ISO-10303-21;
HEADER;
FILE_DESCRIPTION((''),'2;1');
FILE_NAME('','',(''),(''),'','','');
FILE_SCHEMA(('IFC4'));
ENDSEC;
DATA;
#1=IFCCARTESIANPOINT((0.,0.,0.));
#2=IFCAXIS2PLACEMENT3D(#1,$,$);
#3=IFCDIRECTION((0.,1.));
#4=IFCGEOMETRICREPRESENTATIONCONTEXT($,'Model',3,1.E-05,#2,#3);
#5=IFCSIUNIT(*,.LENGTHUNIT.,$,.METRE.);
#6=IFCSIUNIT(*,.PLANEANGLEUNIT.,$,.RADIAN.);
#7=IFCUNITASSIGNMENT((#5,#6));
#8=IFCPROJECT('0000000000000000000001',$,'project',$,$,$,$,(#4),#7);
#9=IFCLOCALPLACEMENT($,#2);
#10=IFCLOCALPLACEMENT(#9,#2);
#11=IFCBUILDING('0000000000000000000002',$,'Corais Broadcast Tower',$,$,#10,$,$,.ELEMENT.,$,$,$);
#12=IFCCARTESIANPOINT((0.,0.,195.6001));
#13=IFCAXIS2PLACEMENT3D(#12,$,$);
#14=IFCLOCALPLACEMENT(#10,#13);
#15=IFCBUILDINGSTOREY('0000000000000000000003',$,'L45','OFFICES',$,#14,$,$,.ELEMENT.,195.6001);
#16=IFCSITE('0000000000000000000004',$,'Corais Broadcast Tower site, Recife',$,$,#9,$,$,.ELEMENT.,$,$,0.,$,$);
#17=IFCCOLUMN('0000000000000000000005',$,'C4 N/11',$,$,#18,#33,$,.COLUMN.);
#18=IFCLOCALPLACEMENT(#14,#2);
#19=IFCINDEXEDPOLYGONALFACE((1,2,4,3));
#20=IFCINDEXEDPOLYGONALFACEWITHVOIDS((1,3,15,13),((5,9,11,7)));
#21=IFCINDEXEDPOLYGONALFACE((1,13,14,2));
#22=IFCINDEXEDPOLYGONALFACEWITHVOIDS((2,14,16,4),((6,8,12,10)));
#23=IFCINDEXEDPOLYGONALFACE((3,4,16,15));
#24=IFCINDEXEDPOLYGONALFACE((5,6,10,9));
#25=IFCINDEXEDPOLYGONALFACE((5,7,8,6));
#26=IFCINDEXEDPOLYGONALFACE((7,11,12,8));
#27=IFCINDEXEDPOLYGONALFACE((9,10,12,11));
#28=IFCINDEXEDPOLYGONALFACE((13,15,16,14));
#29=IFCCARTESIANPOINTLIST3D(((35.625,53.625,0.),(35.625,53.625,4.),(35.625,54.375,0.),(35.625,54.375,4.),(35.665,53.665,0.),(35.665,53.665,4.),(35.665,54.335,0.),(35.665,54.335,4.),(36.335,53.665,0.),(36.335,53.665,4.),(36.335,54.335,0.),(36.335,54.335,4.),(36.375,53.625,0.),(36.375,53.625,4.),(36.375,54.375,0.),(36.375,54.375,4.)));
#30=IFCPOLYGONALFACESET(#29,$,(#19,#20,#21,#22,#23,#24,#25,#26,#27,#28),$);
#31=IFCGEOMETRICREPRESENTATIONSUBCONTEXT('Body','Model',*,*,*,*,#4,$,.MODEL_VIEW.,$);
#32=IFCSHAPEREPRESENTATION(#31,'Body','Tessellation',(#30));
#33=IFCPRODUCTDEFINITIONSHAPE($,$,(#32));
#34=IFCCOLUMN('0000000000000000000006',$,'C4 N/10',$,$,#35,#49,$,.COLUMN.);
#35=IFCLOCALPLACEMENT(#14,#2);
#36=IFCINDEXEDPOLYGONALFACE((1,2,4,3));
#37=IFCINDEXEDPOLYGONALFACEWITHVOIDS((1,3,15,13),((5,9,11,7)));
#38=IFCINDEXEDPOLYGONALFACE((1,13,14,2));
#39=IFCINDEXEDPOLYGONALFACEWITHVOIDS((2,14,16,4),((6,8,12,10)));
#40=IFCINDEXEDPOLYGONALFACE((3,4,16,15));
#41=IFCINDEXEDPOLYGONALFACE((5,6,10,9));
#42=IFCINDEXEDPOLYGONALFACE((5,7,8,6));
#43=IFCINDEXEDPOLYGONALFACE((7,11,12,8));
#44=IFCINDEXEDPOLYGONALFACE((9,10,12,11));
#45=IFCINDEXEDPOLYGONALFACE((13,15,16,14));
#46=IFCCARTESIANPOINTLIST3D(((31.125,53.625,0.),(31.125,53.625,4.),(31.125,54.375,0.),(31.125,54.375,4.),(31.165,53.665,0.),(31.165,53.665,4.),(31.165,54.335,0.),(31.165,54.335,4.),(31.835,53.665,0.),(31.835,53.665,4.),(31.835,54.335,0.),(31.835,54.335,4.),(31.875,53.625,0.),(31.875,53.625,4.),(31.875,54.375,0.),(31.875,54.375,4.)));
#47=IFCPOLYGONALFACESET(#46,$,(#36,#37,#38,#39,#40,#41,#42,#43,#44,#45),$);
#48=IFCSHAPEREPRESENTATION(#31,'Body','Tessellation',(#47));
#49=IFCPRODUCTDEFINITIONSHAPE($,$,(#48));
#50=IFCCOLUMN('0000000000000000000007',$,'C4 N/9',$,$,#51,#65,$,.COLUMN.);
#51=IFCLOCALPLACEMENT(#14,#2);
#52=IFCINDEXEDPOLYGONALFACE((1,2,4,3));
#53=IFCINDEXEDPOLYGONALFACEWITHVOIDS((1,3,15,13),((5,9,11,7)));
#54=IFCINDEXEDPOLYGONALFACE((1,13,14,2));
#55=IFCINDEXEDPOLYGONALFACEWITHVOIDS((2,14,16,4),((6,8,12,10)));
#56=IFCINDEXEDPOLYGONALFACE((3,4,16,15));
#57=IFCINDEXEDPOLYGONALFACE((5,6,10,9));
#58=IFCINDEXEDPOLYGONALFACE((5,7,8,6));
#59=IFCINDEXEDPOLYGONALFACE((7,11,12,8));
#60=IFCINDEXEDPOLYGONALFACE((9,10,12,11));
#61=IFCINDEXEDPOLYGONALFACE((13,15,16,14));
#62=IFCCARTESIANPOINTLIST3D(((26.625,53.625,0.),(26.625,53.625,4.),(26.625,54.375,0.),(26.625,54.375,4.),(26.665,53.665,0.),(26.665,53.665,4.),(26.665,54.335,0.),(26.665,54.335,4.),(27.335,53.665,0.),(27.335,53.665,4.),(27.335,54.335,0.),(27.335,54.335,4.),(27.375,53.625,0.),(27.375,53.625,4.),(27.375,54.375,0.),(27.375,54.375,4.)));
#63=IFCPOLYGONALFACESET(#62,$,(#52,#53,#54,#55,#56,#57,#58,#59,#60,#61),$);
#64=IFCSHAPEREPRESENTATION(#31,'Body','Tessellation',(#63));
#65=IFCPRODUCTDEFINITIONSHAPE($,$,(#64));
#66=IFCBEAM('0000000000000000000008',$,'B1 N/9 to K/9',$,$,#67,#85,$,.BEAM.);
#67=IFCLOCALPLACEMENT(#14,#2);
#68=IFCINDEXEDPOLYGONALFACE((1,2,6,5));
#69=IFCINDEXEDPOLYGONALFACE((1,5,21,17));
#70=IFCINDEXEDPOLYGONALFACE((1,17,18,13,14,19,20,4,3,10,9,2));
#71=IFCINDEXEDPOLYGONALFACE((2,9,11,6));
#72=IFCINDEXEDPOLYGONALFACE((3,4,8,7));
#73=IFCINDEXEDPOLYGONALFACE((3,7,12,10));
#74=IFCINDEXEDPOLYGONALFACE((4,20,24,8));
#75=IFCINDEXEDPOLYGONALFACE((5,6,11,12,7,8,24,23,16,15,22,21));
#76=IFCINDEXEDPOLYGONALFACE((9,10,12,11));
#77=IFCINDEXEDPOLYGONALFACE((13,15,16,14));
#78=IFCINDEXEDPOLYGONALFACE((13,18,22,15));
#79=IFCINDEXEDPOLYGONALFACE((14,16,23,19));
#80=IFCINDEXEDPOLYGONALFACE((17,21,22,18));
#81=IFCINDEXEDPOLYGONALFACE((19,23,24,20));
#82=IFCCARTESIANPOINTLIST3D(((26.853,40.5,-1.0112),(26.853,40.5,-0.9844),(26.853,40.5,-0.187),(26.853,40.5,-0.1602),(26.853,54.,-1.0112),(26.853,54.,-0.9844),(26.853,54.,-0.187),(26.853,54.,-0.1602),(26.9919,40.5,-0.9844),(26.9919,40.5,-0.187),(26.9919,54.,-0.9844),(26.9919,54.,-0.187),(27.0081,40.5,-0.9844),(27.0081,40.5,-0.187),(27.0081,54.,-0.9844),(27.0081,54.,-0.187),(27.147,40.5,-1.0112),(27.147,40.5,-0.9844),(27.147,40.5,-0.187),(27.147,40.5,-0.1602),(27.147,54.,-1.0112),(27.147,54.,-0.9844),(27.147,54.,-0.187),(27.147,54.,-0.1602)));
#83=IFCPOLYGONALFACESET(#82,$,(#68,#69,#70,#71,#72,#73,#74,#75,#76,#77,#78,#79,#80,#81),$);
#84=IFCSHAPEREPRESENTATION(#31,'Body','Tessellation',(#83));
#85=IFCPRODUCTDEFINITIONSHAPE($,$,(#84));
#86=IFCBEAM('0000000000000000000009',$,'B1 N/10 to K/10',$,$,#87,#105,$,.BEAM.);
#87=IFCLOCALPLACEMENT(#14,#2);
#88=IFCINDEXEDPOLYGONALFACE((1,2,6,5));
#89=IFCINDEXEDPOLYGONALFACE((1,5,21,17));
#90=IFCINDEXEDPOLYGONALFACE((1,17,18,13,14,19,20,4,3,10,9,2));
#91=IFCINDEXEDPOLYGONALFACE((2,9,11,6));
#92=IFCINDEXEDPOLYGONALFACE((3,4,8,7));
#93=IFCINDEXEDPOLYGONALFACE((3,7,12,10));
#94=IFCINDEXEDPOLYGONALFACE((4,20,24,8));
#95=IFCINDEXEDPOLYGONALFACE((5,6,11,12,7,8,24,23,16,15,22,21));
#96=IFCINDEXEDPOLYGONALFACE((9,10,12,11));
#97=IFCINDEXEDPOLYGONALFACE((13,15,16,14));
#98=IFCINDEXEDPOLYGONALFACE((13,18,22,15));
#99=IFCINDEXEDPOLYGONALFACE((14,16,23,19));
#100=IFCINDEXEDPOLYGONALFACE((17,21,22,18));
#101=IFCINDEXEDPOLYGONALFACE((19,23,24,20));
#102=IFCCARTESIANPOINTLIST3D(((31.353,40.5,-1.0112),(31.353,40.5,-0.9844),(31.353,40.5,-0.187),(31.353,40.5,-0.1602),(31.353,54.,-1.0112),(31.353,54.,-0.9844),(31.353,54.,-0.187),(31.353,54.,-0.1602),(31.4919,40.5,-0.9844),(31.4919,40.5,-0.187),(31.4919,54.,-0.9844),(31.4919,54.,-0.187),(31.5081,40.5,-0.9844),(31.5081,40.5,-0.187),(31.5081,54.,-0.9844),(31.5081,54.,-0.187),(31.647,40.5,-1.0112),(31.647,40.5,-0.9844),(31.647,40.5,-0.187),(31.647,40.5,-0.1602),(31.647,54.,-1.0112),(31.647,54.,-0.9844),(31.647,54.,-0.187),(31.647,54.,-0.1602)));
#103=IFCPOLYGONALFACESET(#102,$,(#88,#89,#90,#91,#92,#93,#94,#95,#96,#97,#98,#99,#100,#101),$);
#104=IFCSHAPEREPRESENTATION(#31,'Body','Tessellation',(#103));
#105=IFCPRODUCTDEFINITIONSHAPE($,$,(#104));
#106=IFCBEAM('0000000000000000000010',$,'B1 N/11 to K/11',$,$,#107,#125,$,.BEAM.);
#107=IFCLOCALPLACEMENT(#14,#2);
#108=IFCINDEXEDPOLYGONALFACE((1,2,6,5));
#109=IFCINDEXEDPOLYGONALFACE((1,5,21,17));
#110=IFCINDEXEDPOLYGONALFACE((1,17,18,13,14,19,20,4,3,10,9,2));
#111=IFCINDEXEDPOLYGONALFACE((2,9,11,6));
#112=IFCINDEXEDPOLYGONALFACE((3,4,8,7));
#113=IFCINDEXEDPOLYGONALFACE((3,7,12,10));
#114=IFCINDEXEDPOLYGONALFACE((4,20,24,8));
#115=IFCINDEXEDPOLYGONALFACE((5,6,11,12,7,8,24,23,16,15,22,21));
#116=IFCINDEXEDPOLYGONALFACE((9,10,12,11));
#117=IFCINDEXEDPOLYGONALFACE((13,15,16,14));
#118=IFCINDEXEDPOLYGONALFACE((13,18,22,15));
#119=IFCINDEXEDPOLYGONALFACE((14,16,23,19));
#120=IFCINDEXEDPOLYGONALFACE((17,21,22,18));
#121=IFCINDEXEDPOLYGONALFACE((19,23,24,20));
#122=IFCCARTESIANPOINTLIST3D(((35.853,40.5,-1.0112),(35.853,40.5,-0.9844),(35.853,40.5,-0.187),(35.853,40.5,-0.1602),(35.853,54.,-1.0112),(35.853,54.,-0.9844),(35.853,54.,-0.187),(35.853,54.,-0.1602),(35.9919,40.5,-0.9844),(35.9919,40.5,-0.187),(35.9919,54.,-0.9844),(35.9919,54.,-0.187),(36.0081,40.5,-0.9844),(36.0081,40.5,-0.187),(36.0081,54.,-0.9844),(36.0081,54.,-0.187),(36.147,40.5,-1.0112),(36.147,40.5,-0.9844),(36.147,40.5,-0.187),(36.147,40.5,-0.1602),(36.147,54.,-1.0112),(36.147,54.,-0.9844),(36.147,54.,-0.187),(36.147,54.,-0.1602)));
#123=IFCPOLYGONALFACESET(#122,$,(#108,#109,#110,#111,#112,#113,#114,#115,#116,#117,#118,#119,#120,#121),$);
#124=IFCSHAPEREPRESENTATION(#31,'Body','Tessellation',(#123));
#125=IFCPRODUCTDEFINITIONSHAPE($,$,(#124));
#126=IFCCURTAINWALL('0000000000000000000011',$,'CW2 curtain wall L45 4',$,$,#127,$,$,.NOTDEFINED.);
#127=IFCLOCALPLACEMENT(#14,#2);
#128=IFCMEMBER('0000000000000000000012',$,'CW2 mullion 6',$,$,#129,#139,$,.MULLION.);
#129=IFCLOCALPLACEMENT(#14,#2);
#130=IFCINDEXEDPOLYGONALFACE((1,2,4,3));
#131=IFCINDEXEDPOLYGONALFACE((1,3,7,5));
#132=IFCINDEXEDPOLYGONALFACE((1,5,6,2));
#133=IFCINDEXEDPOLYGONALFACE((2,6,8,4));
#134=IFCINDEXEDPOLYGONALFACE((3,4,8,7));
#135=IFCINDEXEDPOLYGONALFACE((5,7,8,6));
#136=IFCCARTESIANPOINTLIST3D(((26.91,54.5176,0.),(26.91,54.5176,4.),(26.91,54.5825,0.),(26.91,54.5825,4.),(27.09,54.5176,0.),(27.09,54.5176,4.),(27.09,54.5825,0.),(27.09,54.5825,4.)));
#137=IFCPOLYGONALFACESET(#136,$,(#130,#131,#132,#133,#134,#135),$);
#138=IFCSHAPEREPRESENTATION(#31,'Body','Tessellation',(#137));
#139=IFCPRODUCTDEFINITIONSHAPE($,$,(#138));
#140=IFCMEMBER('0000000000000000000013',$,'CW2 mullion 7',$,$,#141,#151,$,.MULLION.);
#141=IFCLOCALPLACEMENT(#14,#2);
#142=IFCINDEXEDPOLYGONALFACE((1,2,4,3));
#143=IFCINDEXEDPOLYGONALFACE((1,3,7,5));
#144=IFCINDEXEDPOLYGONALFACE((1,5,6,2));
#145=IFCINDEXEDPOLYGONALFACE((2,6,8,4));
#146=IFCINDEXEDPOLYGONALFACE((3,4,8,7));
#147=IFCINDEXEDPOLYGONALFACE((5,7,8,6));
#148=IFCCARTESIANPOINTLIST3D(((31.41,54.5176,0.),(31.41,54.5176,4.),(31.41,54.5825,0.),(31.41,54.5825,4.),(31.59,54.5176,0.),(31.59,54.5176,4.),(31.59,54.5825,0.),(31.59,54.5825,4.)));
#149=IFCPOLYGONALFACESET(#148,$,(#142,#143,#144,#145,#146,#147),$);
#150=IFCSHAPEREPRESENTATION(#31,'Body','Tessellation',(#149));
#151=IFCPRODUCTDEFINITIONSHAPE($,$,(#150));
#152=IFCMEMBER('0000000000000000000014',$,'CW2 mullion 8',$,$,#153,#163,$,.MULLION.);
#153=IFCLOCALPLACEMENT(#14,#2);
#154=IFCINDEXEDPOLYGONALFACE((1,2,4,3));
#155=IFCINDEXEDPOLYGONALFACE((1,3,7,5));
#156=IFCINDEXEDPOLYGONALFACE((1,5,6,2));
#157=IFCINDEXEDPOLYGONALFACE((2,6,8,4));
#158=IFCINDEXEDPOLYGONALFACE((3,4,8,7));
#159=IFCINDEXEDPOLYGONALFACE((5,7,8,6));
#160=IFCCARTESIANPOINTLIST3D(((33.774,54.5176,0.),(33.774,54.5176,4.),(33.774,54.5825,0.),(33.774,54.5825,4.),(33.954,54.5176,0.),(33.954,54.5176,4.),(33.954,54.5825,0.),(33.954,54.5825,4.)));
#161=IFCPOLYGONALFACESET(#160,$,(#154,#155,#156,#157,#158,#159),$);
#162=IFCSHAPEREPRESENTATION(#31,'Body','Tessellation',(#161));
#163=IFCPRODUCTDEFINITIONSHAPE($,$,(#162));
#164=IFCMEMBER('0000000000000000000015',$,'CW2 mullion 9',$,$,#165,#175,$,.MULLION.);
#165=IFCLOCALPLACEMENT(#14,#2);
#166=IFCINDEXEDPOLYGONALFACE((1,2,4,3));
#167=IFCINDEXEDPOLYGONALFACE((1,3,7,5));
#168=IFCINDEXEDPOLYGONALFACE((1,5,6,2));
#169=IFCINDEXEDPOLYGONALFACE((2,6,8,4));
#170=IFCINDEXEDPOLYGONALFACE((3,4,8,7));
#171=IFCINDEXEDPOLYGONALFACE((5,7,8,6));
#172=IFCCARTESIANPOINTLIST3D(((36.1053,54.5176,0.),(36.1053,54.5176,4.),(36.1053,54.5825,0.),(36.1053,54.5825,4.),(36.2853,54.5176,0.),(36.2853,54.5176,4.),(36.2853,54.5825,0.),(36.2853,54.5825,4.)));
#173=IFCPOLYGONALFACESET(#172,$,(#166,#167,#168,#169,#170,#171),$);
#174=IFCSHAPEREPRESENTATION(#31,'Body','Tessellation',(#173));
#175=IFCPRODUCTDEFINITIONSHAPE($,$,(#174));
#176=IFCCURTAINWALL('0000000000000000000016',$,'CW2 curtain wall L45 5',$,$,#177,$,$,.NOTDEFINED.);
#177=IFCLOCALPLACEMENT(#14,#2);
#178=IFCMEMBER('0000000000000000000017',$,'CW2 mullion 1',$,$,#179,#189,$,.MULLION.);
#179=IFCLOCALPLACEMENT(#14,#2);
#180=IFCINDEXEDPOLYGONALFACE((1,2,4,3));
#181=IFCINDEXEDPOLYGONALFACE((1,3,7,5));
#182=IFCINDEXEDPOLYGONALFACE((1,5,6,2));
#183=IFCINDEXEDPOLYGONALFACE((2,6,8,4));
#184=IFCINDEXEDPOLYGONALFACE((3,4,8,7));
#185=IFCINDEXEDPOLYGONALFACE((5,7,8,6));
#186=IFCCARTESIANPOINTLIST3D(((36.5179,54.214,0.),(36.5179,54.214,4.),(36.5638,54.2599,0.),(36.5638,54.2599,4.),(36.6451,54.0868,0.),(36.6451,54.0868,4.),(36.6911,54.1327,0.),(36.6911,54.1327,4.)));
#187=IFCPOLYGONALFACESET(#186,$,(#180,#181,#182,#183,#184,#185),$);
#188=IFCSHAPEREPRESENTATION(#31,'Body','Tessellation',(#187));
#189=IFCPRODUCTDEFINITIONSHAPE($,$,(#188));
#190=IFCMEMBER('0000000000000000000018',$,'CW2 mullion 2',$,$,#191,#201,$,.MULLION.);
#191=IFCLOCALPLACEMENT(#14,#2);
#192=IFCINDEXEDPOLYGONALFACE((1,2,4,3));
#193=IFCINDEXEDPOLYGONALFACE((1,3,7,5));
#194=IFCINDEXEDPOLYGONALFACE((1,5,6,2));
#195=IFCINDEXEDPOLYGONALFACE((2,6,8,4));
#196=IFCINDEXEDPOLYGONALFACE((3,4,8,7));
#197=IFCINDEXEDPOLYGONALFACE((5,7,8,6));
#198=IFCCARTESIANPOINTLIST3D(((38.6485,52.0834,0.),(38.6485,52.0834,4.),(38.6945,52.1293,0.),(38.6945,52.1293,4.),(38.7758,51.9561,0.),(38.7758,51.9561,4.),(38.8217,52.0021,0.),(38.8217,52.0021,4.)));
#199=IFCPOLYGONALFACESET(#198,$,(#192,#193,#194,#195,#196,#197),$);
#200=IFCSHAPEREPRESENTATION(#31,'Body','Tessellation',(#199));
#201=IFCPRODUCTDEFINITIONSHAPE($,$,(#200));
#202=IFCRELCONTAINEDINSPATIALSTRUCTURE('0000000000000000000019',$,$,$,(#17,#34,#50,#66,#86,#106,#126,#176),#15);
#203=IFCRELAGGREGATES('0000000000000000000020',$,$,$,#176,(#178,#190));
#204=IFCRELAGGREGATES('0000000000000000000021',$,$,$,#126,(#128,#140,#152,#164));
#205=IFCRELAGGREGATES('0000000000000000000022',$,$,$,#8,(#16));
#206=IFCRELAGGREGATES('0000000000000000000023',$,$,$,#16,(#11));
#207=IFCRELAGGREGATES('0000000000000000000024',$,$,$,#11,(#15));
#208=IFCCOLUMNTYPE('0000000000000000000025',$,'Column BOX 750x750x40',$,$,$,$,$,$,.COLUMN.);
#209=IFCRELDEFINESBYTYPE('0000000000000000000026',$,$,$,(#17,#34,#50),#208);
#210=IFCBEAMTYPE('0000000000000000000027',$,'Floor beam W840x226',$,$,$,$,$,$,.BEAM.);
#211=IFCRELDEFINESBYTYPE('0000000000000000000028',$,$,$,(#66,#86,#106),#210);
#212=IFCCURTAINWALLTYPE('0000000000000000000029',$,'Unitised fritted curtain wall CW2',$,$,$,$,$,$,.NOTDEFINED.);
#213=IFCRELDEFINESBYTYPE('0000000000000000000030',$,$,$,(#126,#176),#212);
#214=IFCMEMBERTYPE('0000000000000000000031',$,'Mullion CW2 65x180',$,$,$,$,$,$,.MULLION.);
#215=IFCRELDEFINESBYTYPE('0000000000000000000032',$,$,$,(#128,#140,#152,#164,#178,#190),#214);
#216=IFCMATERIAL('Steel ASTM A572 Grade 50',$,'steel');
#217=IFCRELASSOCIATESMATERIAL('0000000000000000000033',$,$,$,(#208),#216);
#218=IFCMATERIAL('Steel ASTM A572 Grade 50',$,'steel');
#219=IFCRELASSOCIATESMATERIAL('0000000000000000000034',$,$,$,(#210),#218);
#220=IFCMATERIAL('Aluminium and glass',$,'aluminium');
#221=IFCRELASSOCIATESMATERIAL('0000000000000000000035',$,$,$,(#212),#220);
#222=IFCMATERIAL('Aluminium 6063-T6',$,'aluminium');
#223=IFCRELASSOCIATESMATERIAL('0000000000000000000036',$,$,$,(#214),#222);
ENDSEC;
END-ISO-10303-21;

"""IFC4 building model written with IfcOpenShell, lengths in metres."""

from ifc_helpers import new_model, si_unit, direction, frame, origin, origin_2d, place, context, subcontext, project, spatial, rectangle, hollow_rectangle, i_section, extrude, material, material_profile, profile_set, type_object, element, aggregate, save


model = new_model("IFC4")

# Units and contexts
model_context = context("Model", 3, precision=1e-05, world=origin(), true_north=direction((0.0, 1.0)))
body_context = subcontext(model_context, "Body", "Model", "MODEL_VIEW")
ifc_project = project(units=[si_unit("LENGTHUNIT", "METRE"), si_unit("PLANEANGLEUNIT", "RADIAN")], contexts=[model_context])

# Site, building, storey
site_placement = place(None, origin())
site = spatial("IfcSite", under=ifc_project, at=site_placement, Name="Corais Broadcast Tower site, Recife", CompositionType="ELEMENT", RefElevation=0.0)
building_placement = place(site_placement, origin())
building = spatial("IfcBuilding", under=site, at=building_placement, Name="Corais Broadcast Tower", CompositionType="ELEMENT")
storey_placement = place(building_placement, frame((0.0, 0.0, 195.6001)))
storey = spatial("IfcBuildingStorey", under=building, at=storey_placement, Name="L45", Description="OFFICES", CompositionType="ELEMENT", Elevation=195.6001)

# Columns
ifc_material_1 = material(Name="Steel ASTM A572 Grade 50", Category="steel")
ifc_material_profile_1 = material_profile(ifc_material_1, hollow_rectangle(XDim=0.75, YDim=0.75, WallThickness=0.04, at=origin_2d()), Name="BOX 750x750x40")
ifc_profile_set_1 = profile_set([ifc_material_profile_1], Name="Steel ASTM A572 Grade 50")
column_type = type_object("IfcColumnType", Name="Column BOX 750x750x40", PredefinedType="COLUMN", material=ifc_profile_set_1)
for number, where, z_axis, x_axis, name in (
    (1, (36.0, 54.0, 0.0), (0.0, 0.0, 1.0), (1.0, 0.0, 0.0), "C4 N/11"),
    (2, (31.5, 54.0, 0.0), (0.0, 0.0, 1.0), (1.0, 0.0, 0.0), "C4 N/10"),
    (3, (27.0, 54.0, 0.0), (0.0, 0.0, 1.0), (1.0, 0.0, 0.0), "C4 N/9"),
):
    element("IfcColumn", number, at=place(storey_placement, frame(where, z_axis=z_axis, x_axis=x_axis)), inside=storey, type_object=column_type, Name=name, PredefinedType="COLUMN", context=body_context, shape_type="SweptSolid", body=[
        extrude(hollow_rectangle(XDim=0.75, YDim=0.75, WallThickness=0.04, at=origin_2d()), origin(), (0.0, 0.0, 1.0), 4.0),
    ])

# Beams
ifc_material_2 = material(Name="Steel ASTM A572 Grade 50", Category="steel")
ifc_material_profile_2 = material_profile(ifc_material_2, i_section(OverallWidth=0.2939, OverallDepth=0.8511, WebThickness=0.0161, FlangeThickness=0.0269, at=origin_2d()), Name="W840x226")
ifc_profile_set_2 = profile_set([ifc_material_profile_2], Name="Steel ASTM A572 Grade 50")
beam_type_1 = type_object("IfcBeamType", Name="Floor beam W840x226", PredefinedType="BEAM", material=ifc_profile_set_2)
for number, where, z_axis, x_axis, name in (
    (4, (27.0, 54.0, -0.5857), (0.0, -1.0, 0.0), (1.0, 0.0, 0.0), "B1 N/9 to K/9"),
    (5, (31.5, 54.0, -0.5857), (0.0, -1.0, 0.0), (1.0, 0.0, 0.0), "B1 N/10 to K/10"),
    (6, (36.0, 54.0, -0.5857), (0.0, -1.0, 0.0), (1.0, 0.0, 0.0), "B1 N/11 to K/11"),
):
    element("IfcBeam", number, at=place(storey_placement, frame(where, z_axis=z_axis, x_axis=x_axis)), inside=storey, type_object=beam_type_1, Name=name, PredefinedType="BEAM", context=body_context, shape_type="SweptSolid", body=[
        extrude(i_section(OverallWidth=0.2939, OverallDepth=0.8511, WebThickness=0.0161, FlangeThickness=0.0269, at=origin_2d()), origin(), (0.0, 0.0, 1.0), 13.5),
    ])

# Curtain walls, members
ifc_material_3 = material(Name="Aluminium and glass", Category="aluminium")
curtain_wall_type = type_object("IfcCurtainWallType", Name="Unitised fritted curtain wall CW2", PredefinedType="NOTDEFINED", material=ifc_material_3)
curtain_wall_1_placement = place(storey_placement, origin())
curtain_wall_1 = element("IfcCurtainWall", 7, at=curtain_wall_1_placement, inside=storey, type_object=curtain_wall_type, Name="CW2 curtain wall L45 4", PredefinedType="NOTDEFINED")
ifc_material_4 = material(Name="Aluminium 6063-T6", Category="aluminium")
ifc_material_profile_3 = material_profile(ifc_material_4, rectangle(XDim=0.0649, YDim=0.1799, at=origin_2d()), Name="Mullion CW2 65x180")
ifc_profile_set_3 = profile_set([ifc_material_profile_3], Name="Aluminium 6063-T6")
member_type_1 = type_object("IfcMemberType", Name="Mullion CW2 65x180", PredefinedType="MULLION", material=ifc_profile_set_3)
member_1_placement = place(storey_placement, frame((27.0, 54.55, 0.0), z_axis=(0.0, 0.0, 1.0), x_axis=(0.0, 1.0, 0.0)))
member_1 = element("IfcMember", 8, at=member_1_placement, type_object=member_type_1, Name="CW2 mullion 6", PredefinedType="MULLION", context=body_context, shape_type="SweptSolid", body=[
    extrude(rectangle(XDim=0.0649, YDim=0.1799, at=origin_2d()), origin(), (0.0, 0.0, 1.0), 4.0),
])
member_2_placement = place(storey_placement, frame((31.5, 54.55, 0.0), z_axis=(0.0, 0.0, 1.0), x_axis=(0.0, 1.0, 0.0)))
member_2 = element("IfcMember", 9, at=member_2_placement, type_object=member_type_1, Name="CW2 mullion 7", PredefinedType="MULLION", context=body_context, shape_type="SweptSolid", body=[
    extrude(rectangle(XDim=0.0649, YDim=0.1799, at=origin_2d()), origin(), (0.0, 0.0, 1.0), 4.0),
])
member_3_placement = place(storey_placement, frame((33.864, 54.55, 0.0), z_axis=(0.0, 0.0, 1.0), x_axis=(0.0, 1.0, 0.0)))
member_3 = element("IfcMember", 10, at=member_3_placement, type_object=member_type_1, Name="CW2 mullion 8", PredefinedType="MULLION", context=body_context, shape_type="SweptSolid", body=[
    extrude(rectangle(XDim=0.0649, YDim=0.1799, at=origin_2d()), origin(), (0.0, 0.0, 1.0), 4.0),
])
member_4_placement = place(storey_placement, frame((36.1953, 54.55, 0.0), z_axis=(0.0, 0.0, 1.0), x_axis=(0.0, 1.0, 0.0)))
member_4 = element("IfcMember", 11, at=member_4_placement, type_object=member_type_1, Name="CW2 mullion 9", PredefinedType="MULLION", context=body_context, shape_type="SweptSolid", body=[
    extrude(rectangle(XDim=0.0649, YDim=0.1799, at=origin_2d()), origin(), (0.0, 0.0, 1.0), 4.0),
])
curtain_wall_2_placement = place(storey_placement, origin())
curtain_wall_2 = element("IfcCurtainWall", 12, at=curtain_wall_2_placement, inside=storey, type_object=curtain_wall_type, Name="CW2 curtain wall L45 5", PredefinedType="NOTDEFINED")
member_5_placement = place(storey_placement, frame((36.6045, 54.1733, 0.0), z_axis=(0.0, 0.0, 1.0), x_axis=(0.707107, 0.707107, 0.0)))
member_5 = element("IfcMember", 13, at=member_5_placement, type_object=member_type_1, Name="CW2 mullion 1", PredefinedType="MULLION", context=body_context, shape_type="SweptSolid", body=[
    extrude(rectangle(XDim=0.0649, YDim=0.1799, at=origin_2d()), origin(), (0.0, 0.0, 1.0), 4.0),
])
member_6_placement = place(storey_placement, frame((38.7351, 52.0427, 0.0), z_axis=(0.0, 0.0, 1.0), x_axis=(0.707107, 0.707107, 0.0)))
member_6 = element("IfcMember", 14, at=member_6_placement, type_object=member_type_1, Name="CW2 mullion 2", PredefinedType="MULLION", context=body_context, shape_type="SweptSolid", body=[
    extrude(rectangle(XDim=0.0649, YDim=0.1799, at=origin_2d()), origin(), (0.0, 0.0, 1.0), 4.0),
])

aggregate(curtain_wall_2, [member_5, member_6])
aggregate(curtain_wall_1, [member_1, member_2, member_3, member_4])

save(model, "model.ifc")
